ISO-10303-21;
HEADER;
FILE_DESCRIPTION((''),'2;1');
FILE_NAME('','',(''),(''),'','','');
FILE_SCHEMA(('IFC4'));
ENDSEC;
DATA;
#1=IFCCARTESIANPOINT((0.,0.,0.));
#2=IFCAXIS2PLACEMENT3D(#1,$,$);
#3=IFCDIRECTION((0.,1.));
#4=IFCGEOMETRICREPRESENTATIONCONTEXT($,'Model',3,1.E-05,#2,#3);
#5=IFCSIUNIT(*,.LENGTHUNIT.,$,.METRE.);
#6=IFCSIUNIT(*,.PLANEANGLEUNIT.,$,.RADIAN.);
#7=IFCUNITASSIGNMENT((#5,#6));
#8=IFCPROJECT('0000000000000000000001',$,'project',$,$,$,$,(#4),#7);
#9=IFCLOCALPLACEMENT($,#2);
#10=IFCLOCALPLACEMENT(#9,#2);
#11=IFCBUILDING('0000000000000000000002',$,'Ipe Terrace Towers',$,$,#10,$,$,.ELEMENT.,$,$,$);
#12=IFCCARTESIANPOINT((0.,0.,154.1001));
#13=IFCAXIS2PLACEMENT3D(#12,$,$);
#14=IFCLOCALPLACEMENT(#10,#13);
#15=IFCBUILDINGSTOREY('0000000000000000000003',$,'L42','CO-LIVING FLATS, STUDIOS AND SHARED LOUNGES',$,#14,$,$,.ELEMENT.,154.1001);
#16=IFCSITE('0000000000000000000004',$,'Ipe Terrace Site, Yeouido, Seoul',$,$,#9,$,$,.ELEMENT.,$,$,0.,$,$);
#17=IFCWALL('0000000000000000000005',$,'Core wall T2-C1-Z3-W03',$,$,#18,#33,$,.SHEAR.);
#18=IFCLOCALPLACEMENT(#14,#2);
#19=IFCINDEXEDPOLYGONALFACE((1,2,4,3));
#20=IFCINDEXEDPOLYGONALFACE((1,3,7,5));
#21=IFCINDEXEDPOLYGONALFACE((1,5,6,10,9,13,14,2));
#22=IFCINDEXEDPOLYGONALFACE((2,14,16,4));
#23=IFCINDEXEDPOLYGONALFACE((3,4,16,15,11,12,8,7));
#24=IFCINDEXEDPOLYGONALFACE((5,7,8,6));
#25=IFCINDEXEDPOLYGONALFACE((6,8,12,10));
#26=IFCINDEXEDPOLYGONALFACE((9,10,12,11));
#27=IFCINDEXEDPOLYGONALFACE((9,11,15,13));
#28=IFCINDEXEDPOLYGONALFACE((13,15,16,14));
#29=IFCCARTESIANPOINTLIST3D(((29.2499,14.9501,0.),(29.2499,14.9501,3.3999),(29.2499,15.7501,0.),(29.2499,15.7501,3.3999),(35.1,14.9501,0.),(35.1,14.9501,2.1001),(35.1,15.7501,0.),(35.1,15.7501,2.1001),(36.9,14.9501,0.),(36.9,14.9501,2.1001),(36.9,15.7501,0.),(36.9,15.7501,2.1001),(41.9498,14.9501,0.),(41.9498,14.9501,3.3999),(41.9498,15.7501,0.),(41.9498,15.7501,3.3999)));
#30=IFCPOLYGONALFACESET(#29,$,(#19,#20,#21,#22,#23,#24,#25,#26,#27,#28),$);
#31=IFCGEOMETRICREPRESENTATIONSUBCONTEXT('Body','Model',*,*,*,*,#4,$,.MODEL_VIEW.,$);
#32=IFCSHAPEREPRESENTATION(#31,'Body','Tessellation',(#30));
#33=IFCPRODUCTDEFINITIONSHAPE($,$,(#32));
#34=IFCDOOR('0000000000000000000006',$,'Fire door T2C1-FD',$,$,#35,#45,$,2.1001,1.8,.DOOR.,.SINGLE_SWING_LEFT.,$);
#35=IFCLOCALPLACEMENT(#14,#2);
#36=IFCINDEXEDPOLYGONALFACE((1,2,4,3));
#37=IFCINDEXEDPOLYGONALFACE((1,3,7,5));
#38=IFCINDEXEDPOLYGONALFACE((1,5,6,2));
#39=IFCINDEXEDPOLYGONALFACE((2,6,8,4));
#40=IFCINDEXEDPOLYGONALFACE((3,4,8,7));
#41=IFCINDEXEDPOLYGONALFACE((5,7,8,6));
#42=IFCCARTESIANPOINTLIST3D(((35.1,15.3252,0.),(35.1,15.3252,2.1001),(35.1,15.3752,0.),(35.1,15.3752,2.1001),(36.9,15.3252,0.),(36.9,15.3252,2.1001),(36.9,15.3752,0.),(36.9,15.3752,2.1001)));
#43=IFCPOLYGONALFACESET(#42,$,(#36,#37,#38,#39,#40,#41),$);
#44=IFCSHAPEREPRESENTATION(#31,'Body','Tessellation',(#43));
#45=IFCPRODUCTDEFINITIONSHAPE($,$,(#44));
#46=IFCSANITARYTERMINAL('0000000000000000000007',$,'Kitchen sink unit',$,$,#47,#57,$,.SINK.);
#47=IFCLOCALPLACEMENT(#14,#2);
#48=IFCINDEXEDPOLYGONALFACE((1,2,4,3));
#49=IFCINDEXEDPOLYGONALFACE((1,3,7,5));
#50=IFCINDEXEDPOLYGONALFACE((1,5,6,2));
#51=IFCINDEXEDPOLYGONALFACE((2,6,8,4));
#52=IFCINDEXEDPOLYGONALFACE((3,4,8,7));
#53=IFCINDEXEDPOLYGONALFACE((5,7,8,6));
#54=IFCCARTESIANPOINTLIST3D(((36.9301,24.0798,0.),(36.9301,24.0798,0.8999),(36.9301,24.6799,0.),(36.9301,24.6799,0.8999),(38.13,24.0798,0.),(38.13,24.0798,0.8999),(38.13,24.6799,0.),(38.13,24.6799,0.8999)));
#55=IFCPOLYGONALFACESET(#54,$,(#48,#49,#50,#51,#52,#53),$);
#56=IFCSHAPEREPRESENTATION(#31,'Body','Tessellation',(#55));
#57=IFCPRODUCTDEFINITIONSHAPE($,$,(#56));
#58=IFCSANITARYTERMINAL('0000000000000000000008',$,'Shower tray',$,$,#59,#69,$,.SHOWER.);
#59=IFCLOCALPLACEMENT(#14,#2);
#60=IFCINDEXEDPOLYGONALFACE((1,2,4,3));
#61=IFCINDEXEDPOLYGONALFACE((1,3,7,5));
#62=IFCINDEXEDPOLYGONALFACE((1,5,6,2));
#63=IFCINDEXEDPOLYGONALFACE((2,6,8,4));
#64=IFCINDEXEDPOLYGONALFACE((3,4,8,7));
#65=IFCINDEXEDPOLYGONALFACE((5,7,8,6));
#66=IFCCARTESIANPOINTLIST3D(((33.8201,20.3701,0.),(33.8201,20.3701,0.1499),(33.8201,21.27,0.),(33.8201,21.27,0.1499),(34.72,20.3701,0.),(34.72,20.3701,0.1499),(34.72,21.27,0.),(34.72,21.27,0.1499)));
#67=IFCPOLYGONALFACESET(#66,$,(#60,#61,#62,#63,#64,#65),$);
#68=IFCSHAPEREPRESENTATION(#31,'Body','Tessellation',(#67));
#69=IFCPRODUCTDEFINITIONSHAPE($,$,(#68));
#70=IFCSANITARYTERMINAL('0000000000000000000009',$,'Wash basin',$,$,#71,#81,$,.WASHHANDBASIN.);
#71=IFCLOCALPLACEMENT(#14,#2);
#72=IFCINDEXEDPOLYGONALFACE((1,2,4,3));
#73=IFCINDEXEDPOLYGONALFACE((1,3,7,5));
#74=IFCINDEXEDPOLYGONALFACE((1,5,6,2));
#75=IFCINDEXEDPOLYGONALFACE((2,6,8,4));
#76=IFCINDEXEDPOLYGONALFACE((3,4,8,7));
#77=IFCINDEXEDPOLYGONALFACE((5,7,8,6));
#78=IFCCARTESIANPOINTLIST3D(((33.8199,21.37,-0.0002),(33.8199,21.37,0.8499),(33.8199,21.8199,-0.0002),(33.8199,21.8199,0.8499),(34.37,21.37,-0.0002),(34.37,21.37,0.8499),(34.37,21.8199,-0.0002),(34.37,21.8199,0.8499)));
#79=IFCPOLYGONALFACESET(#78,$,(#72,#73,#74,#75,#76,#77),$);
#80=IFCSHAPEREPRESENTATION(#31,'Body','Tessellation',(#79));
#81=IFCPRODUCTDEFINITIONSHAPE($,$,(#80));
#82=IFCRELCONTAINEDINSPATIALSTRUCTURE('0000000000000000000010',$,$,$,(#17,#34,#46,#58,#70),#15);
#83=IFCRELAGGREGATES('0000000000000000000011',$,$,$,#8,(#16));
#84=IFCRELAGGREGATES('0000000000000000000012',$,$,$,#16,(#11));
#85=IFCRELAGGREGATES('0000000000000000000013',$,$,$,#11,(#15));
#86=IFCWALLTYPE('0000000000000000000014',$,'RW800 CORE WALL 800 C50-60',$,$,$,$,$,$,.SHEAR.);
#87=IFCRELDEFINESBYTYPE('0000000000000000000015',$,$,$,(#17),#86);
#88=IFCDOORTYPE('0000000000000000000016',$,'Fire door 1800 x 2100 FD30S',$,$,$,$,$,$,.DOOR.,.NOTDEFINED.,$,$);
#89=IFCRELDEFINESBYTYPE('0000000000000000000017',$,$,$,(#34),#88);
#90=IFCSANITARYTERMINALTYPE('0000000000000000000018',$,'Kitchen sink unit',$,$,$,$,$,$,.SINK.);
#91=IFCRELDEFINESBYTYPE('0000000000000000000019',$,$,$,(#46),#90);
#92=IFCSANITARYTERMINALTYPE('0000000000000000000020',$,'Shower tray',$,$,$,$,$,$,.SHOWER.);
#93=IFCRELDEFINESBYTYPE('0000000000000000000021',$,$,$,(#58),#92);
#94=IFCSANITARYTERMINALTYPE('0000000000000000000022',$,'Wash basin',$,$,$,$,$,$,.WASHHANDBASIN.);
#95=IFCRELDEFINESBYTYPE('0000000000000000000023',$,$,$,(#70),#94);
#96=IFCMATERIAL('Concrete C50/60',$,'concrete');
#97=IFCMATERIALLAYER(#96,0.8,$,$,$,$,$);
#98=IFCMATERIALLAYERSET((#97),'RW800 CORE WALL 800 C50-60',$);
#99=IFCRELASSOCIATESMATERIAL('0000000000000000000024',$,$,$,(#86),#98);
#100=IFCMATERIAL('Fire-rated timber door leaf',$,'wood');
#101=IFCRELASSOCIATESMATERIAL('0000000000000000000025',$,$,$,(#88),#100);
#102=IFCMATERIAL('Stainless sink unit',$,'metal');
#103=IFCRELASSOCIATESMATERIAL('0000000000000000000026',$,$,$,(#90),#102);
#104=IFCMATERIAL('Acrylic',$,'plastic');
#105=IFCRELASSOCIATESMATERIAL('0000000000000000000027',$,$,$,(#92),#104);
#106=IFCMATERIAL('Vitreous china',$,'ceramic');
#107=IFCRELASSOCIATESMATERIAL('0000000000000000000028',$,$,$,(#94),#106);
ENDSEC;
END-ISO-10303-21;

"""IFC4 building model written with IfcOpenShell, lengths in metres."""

from ifc_helpers import new_model, si_unit, direction, frame, frame_2d, origin, origin_2d, place, context, subcontext, project, spatial, rectangle, extrude, material, layer, layer_set, type_object, element, fill, save


model = new_model("IFC4")

# Units and contexts
model_context = context("Model", 3, precision=1e-05, world=origin(), true_north=direction((0.0, 1.0)))
body_context = subcontext(model_context, "Body", "Model", "MODEL_VIEW")
ifc_project = project(units=[si_unit("LENGTHUNIT", "METRE"), si_unit("PLANEANGLEUNIT", "RADIAN")], contexts=[model_context])

# Site, building, storey
site_placement = place(None, origin())
site = spatial("IfcSite", under=ifc_project, at=site_placement, Name="Ipe Terrace Site, Yeouido, Seoul", CompositionType="ELEMENT", RefElevation=0.0)
building_placement = place(site_placement, origin())
building = spatial("IfcBuilding", under=site, at=building_placement, Name="Ipe Terrace Towers", CompositionType="ELEMENT")
storey_placement = place(building_placement, frame((0.0, 0.0, 154.1001)))
storey = spatial("IfcBuildingStorey", under=building, at=storey_placement, Name="L42", Description="CO-LIVING FLATS, STUDIOS AND SHARED LOUNGES", CompositionType="ELEMENT", Elevation=154.1001)

# Wall, opening, door
ifc_material_1 = material(Name="Concrete C50/60", Category="concrete")
ifc_layer_1 = layer(ifc_material_1, 0.8)
ifc_layer_set_1 = layer_set([ifc_layer_1], Name="RW800 CORE WALL 800 C50-60")
wall_type_1 = type_object("IfcWallType", Name="RW800 CORE WALL 800 C50-60", PredefinedType="SHEAR", material=ifc_layer_set_1)
wall_1_placement = place(storey_placement, frame((41.95, 15.3501, 0.0), z_axis=(0.0, 0.0, 1.0), x_axis=(-1.0, 0.0, 0.0)))
wall_1 = element("IfcWall", 1, at=wall_1_placement, inside=storey, type_object=wall_type_1, Name="Core wall T2-C1-Z3-W03", PredefinedType="SHEAR", context=body_context, shape_type="SweptSolid", body=[
    extrude(rectangle(XDim=12.7, YDim=0.8, at=frame_2d((6.3501, 0.0))), origin(), (0.0, 0.0, 1.0), 3.3999),
])
opening_1_placement = place(wall_1_placement, frame((5.05, 0.0, 0.0)))
opening_1 = element("IfcOpeningElement", 2, at=opening_1_placement, cuts=wall_1, PredefinedType="OPENING", context=body_context, shape_type="SweptSolid", body=[
    extrude(rectangle(XDim=1.8, YDim=2.1001, at=frame_2d((0.8999, 1.05))), frame((0.0, 0.4102, 0.0), z_axis=(0.0, -1.0, 0.0), x_axis=(1.0, 0.0, 0.0)), (0.0, 0.0, 1.0), 0.8201),
])
ifc_material_2 = material(Name="Fire-rated timber door leaf", Category="wood")
door_type_1 = type_object("IfcDoorType", Name="Fire door 1800 x 2100 FD30S", OperationType="NOTDEFINED", PredefinedType="DOOR", material=ifc_material_2)
door_1_placement = place(opening_1_placement, origin())
door_1 = element("IfcDoor", 3, at=door_1_placement, inside=storey, type_object=door_type_1, Name="Fire door T2C1-FD", OperationType="SINGLE_SWING_LEFT", OverallHeight=2.1001, OverallWidth=1.8, PredefinedType="DOOR", context=body_context, shape_type="SweptSolid", body=[
    extrude(rectangle(XDim=1.8, YDim=2.1001, at=frame_2d((0.8999, 1.05))), frame((0.0, 0.0249, 0.0), z_axis=(0.0, -1.0, 0.0), x_axis=(1.0, 0.0, 0.0)), (0.0, 0.0, 1.0), 0.05),
])
fill(opening_1, door_1)

# Sanitary terminals
ifc_material_3 = material(Name="Stainless sink unit", Category="metal")
sanitary_terminal_type_1 = type_object("IfcSanitaryTerminalType", Name="Kitchen sink unit", PredefinedType="SINK", material=ifc_material_3)
sanitary_terminal_1_placement = place(storey_placement, frame((37.53, 24.3799, 0.0), z_axis=(0.0, 0.0, 1.0), x_axis=(1.0, 0.0, 0.0)))
element("IfcSanitaryTerminal", 4, at=sanitary_terminal_1_placement, inside=storey, type_object=sanitary_terminal_type_1, Name="Kitchen sink unit", PredefinedType="SINK", context=body_context, shape_type="SweptSolid", body=[
    extrude(rectangle(XDim=1.2, YDim=0.6001, at=origin_2d()), origin(), (0.0, 0.0, 1.0), 0.8999),
])
ifc_material_4 = material(Name="Acrylic", Category="plastic")
sanitary_terminal_type_2 = type_object("IfcSanitaryTerminalType", Name="Shower tray", PredefinedType="SHOWER", material=ifc_material_4)
sanitary_terminal_2_placement = place(storey_placement, frame((34.27, 20.8201, 0.0), z_axis=(0.0, 0.0, 1.0), x_axis=(1.0, 0.0, 0.0)))
element("IfcSanitaryTerminal", 5, at=sanitary_terminal_2_placement, inside=storey, type_object=sanitary_terminal_type_2, Name="Shower tray", PredefinedType="SHOWER", context=body_context, shape_type="SweptSolid", body=[
    extrude(rectangle(XDim=0.8999, YDim=0.8999, at=origin_2d()), origin(), (0.0, 0.0, 1.0), 0.1499),
])
ifc_material_5 = material(Name="Vitreous china", Category="ceramic")
sanitary_terminal_type_3 = type_object("IfcSanitaryTerminalType", Name="Wash basin", PredefinedType="WASHHANDBASIN", material=ifc_material_5)
sanitary_terminal_3_placement = place(storey_placement, frame((34.095, 21.595, -0.0002), z_axis=(0.0, 0.0, 1.0), x_axis=(1.0, 0.0, 0.0)))
element("IfcSanitaryTerminal", 6, at=sanitary_terminal_3_placement, inside=storey, type_object=sanitary_terminal_type_3, Name="Wash basin", PredefinedType="WASHHANDBASIN", context=body_context, shape_type="SweptSolid", body=[
    extrude(rectangle(XDim=0.55, YDim=0.45, at=origin_2d()), origin(), (0.0, 0.0, 1.0), 0.8501),
])

save(model, "model.ifc")
